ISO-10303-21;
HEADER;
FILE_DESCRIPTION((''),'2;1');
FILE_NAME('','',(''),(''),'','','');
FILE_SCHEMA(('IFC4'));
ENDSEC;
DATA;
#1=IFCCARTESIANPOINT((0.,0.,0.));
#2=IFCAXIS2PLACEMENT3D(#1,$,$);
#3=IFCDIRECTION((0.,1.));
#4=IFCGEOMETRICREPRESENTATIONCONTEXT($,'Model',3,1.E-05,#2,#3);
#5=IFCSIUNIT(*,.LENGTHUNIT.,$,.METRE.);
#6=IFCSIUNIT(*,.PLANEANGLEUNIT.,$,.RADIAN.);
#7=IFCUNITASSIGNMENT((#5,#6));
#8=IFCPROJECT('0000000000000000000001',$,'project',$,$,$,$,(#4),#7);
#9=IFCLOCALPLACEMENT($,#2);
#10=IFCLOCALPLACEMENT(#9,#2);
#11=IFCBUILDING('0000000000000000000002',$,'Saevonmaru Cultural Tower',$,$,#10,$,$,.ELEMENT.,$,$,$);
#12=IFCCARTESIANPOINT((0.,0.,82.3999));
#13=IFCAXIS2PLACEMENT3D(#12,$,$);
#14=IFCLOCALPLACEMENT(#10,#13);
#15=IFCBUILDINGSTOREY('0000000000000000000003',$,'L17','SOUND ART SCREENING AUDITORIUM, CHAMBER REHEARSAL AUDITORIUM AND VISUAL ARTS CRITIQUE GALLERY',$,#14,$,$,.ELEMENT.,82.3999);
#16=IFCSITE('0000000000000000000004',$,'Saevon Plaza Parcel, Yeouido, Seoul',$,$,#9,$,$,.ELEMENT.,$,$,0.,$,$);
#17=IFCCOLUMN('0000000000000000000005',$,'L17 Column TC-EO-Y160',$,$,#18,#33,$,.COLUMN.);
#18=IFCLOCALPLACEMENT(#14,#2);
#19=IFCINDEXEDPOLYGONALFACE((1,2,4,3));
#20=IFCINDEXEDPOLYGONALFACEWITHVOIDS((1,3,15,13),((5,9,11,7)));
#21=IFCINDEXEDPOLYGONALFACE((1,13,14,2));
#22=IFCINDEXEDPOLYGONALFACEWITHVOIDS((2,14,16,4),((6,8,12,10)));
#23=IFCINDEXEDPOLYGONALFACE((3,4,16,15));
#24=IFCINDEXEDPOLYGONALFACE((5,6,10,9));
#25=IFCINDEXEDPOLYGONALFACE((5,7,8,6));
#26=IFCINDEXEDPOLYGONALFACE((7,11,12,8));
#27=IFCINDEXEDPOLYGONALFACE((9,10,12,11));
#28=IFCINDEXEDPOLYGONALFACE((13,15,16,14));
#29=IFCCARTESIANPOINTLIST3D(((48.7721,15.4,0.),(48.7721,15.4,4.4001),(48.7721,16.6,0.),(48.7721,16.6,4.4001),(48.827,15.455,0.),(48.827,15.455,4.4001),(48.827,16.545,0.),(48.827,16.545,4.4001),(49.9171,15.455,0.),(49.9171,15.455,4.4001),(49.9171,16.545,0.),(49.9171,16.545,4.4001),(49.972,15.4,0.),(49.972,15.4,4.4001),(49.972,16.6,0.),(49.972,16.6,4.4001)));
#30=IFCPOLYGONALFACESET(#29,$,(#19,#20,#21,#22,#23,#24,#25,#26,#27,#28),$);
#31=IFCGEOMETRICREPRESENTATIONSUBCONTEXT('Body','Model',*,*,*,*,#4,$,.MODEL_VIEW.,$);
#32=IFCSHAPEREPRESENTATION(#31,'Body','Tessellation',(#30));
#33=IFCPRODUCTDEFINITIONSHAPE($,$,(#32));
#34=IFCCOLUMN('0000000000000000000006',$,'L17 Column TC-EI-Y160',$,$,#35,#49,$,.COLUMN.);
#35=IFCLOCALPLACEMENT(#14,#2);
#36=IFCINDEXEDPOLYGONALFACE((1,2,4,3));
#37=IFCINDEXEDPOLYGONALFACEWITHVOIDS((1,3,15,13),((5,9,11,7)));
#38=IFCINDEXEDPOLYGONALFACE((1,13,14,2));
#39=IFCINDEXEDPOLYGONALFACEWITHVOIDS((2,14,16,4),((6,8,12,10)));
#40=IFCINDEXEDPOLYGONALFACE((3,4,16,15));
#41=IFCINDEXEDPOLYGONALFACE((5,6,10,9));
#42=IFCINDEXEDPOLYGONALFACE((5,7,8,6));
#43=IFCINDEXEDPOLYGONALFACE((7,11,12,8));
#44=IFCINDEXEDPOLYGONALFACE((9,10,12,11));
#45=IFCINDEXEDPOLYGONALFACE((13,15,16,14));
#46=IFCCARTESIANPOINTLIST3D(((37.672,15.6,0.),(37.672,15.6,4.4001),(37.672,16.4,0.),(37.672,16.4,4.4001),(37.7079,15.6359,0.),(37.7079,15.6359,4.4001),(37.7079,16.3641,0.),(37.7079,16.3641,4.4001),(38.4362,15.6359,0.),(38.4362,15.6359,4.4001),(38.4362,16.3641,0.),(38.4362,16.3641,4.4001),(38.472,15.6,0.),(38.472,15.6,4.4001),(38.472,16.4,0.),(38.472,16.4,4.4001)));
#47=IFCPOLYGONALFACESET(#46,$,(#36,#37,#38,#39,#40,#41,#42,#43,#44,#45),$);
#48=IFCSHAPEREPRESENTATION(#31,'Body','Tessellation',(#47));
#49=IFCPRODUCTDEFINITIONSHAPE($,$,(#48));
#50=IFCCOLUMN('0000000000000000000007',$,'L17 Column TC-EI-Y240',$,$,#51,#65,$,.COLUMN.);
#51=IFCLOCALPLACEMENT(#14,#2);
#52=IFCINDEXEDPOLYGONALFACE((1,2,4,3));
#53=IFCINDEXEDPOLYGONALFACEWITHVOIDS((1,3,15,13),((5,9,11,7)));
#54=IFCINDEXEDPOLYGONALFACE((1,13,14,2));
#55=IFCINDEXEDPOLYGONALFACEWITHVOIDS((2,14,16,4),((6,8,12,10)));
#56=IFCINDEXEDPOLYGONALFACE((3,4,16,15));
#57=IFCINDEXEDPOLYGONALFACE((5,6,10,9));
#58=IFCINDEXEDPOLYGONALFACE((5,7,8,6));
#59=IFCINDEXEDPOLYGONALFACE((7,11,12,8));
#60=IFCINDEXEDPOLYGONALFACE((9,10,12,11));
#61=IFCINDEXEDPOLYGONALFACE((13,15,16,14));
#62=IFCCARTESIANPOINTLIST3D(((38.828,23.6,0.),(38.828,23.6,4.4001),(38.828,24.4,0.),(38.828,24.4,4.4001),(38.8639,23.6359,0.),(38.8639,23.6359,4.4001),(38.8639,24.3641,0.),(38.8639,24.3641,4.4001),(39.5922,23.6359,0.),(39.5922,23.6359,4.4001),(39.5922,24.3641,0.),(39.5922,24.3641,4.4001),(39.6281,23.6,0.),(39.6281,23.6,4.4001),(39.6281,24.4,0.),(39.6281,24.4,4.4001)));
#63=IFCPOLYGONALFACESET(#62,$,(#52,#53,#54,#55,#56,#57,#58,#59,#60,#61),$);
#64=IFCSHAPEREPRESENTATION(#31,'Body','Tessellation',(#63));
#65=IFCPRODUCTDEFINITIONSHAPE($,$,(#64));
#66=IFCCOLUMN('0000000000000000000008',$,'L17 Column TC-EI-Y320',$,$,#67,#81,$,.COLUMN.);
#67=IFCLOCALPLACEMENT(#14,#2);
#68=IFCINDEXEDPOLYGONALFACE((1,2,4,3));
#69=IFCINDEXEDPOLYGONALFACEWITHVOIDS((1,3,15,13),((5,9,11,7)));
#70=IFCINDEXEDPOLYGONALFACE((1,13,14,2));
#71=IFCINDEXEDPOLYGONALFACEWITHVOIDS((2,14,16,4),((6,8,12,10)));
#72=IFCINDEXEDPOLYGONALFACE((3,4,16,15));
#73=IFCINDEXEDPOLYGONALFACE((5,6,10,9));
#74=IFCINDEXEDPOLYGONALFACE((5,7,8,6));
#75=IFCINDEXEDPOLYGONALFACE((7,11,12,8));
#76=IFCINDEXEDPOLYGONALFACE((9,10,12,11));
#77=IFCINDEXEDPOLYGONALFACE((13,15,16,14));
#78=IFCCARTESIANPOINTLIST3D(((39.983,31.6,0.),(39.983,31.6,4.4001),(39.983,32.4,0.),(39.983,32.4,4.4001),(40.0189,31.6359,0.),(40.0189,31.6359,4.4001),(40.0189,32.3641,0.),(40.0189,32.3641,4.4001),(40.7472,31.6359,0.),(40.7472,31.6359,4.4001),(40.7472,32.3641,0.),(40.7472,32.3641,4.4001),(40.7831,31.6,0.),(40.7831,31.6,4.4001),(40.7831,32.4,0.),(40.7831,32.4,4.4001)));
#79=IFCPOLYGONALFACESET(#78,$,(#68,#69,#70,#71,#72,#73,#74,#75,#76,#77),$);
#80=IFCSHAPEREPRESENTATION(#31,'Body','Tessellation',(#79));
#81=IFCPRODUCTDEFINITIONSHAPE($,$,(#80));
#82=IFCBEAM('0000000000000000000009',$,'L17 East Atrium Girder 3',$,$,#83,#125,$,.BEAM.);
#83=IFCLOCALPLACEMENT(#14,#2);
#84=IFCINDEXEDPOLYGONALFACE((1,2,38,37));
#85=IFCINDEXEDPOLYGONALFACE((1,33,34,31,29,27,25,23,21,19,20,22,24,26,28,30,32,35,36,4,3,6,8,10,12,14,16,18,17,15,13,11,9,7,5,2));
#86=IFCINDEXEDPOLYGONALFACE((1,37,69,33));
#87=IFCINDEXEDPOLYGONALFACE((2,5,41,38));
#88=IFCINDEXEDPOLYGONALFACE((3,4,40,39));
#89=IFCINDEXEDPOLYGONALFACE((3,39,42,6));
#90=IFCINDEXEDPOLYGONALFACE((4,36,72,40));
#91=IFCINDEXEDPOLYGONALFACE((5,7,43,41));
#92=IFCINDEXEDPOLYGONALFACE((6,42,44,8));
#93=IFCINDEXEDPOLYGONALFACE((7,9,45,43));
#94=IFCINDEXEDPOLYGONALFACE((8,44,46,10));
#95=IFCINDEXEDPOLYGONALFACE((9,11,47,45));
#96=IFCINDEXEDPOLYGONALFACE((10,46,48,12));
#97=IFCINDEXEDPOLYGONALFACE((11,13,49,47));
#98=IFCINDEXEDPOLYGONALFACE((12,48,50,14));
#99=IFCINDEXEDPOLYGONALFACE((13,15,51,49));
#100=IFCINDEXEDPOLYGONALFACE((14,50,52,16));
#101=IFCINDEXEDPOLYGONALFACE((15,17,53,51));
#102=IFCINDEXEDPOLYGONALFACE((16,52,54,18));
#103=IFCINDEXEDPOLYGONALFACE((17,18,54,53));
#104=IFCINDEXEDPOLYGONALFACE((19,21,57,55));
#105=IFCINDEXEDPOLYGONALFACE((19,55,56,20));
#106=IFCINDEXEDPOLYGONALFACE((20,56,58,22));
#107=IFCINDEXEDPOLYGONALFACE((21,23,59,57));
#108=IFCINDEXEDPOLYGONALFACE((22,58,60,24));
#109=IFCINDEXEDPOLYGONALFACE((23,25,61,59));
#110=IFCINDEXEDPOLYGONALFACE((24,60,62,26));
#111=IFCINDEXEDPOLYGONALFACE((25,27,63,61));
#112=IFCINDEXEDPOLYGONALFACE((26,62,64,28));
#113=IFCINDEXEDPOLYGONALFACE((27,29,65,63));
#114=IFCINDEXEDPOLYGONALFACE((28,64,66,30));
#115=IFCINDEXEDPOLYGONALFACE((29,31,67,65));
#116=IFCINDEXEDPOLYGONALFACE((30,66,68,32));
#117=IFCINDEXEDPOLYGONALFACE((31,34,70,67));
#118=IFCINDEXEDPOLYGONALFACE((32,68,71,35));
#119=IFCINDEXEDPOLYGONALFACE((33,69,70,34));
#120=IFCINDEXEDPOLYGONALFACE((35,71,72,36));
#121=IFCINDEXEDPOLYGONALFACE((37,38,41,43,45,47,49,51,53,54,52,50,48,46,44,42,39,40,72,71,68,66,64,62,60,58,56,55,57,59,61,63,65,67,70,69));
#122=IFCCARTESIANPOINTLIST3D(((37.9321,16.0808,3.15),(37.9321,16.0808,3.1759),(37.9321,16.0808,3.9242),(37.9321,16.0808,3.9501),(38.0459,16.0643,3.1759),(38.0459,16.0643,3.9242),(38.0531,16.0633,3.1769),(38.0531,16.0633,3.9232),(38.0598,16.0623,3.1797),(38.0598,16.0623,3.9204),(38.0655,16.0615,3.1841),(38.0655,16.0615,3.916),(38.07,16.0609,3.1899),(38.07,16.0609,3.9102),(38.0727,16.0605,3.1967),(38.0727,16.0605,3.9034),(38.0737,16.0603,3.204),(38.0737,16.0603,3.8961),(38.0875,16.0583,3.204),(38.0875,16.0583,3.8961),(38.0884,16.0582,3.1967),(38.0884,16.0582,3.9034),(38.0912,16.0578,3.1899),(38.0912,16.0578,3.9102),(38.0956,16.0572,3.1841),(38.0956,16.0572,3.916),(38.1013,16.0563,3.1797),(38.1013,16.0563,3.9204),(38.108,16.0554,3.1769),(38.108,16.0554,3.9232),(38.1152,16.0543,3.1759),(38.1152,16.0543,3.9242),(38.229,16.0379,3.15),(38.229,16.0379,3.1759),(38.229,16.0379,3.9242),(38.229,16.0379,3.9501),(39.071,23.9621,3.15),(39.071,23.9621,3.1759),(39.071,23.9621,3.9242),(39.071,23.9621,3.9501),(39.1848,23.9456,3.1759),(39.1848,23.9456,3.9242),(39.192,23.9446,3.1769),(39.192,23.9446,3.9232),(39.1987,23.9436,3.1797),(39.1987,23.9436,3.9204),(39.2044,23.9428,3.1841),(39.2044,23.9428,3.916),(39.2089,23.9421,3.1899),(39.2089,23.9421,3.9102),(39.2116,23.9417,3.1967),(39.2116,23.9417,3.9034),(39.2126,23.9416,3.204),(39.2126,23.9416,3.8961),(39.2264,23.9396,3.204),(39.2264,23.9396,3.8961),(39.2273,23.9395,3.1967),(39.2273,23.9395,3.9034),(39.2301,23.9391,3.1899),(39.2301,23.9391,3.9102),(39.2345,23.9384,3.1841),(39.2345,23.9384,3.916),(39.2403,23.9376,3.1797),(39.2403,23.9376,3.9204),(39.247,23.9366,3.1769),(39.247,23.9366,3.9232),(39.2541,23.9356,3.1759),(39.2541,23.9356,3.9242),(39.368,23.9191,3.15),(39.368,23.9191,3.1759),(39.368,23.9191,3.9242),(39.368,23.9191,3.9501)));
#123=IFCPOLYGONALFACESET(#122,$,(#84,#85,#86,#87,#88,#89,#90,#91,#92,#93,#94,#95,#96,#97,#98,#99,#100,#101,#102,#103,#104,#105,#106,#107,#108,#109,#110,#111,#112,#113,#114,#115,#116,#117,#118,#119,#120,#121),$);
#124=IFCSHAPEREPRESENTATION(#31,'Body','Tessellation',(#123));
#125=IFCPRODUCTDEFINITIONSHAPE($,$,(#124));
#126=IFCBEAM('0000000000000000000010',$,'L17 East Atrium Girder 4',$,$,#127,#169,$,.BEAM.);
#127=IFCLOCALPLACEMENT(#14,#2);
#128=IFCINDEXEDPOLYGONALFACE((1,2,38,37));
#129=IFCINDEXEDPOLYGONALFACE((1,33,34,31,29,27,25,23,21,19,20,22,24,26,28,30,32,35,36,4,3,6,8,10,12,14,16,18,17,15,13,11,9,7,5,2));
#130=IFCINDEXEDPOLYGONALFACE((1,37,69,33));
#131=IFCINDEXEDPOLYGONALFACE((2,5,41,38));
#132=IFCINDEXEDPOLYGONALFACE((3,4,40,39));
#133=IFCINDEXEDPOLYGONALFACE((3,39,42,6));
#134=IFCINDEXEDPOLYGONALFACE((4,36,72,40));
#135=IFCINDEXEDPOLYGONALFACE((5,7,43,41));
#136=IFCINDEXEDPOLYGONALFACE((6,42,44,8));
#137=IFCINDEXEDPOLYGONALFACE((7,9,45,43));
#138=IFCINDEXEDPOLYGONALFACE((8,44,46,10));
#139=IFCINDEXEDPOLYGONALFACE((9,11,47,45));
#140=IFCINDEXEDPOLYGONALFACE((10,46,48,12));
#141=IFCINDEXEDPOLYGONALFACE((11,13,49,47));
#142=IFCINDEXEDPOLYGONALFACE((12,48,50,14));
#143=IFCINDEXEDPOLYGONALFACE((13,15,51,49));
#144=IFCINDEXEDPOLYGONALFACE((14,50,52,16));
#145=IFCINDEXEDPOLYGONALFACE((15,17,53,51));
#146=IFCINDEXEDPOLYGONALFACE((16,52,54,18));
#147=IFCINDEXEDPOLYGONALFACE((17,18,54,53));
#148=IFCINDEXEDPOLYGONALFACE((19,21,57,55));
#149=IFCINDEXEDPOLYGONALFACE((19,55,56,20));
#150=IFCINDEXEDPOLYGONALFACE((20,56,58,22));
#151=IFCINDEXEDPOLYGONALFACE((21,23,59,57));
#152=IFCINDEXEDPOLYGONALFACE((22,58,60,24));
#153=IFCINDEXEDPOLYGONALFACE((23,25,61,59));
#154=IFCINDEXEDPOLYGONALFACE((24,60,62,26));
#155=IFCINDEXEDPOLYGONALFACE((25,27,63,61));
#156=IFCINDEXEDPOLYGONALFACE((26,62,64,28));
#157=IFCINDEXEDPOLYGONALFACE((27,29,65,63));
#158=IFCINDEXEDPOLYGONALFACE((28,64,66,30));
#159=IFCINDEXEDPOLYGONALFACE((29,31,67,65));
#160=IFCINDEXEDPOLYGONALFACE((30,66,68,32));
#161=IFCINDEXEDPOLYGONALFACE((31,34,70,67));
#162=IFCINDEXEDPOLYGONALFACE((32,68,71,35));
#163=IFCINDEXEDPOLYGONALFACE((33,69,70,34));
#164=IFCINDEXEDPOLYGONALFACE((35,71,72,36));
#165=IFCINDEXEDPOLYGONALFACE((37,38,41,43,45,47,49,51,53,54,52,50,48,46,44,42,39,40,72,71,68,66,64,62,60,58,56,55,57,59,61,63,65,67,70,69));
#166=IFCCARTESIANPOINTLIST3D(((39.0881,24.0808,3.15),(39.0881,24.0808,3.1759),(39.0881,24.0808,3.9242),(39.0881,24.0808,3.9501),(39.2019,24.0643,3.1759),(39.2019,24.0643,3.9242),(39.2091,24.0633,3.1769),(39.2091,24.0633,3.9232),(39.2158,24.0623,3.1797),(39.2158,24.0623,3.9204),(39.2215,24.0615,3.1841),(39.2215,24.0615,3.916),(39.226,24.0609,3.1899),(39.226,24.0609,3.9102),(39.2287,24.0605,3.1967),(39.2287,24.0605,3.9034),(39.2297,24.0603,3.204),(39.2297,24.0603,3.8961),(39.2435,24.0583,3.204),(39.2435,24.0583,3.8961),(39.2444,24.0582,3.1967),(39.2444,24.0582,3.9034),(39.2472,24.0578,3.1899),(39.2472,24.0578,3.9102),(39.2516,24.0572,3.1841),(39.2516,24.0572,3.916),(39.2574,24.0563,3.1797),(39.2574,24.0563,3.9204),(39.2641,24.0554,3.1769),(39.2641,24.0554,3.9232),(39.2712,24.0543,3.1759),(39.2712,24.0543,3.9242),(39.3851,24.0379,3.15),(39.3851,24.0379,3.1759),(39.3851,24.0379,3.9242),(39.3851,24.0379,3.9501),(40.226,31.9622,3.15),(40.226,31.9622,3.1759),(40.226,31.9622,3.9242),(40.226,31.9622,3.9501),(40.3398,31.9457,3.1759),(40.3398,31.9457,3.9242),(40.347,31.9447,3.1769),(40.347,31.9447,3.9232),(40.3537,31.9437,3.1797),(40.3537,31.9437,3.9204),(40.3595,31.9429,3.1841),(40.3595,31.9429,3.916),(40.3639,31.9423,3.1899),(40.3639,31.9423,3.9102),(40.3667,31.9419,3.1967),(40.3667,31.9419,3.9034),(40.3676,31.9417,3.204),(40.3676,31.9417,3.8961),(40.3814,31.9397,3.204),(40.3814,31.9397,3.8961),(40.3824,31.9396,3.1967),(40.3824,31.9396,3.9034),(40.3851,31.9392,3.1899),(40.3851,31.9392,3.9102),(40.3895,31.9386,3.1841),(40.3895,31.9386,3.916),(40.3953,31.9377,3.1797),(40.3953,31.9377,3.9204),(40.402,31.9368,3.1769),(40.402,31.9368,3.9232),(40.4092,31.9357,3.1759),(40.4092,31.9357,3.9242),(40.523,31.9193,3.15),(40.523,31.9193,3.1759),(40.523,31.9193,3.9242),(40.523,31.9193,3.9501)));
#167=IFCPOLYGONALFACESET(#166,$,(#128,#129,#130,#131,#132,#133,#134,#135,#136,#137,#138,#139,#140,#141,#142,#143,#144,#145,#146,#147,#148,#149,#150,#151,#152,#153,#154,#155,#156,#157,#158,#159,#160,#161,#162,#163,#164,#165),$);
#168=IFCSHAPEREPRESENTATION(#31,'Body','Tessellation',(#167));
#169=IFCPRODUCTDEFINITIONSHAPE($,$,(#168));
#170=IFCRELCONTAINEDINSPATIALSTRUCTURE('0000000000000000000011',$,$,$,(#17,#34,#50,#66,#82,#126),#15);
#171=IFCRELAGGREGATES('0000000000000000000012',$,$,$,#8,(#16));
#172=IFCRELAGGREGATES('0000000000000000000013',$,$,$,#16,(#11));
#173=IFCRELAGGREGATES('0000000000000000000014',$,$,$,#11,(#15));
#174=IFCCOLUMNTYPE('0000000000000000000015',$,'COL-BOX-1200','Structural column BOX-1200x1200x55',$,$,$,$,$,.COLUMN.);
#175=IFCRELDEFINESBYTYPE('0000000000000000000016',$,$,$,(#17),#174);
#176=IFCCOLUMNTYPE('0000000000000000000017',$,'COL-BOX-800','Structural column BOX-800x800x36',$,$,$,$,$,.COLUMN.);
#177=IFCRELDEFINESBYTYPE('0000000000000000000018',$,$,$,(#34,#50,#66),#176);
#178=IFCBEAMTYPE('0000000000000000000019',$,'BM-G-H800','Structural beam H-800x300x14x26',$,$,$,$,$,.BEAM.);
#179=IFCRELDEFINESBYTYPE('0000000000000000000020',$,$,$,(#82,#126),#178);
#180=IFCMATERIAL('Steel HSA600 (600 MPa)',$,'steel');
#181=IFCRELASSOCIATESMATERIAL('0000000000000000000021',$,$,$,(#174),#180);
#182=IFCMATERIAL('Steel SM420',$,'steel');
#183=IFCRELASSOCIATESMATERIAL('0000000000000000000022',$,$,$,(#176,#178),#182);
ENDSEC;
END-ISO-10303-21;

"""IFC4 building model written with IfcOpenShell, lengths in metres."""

from ifc_helpers import new_model, si_unit, direction, frame, origin, origin_2d, place, context, subcontext, project, spatial, hollow_rectangle, i_section, extrude, material, material_profile, profile_set, type_object, element, save


model = new_model("IFC4")

# Units and contexts
model_context = context("Model", 3, precision=1e-05, world=origin(), true_north=direction((0.0, 1.0)))
body_context = subcontext(model_context, "Body", "Model", "MODEL_VIEW")
ifc_project = project(units=[si_unit("LENGTHUNIT", "METRE"), si_unit("PLANEANGLEUNIT", "RADIAN")], contexts=[model_context])

# Site, building, storey
site_placement = place(None, origin())
site = spatial("IfcSite", under=ifc_project, at=site_placement, Name="Saevon Plaza Parcel, Yeouido, Seoul", CompositionType="ELEMENT", RefElevation=0.0)
building_placement = place(site_placement, origin())
building = spatial("IfcBuilding", under=site, at=building_placement, Name="Saevonmaru Cultural Tower", CompositionType="ELEMENT")
storey_placement = place(building_placement, frame((0.0, 0.0, 82.3999)))
storey = spatial("IfcBuildingStorey", under=building, at=storey_placement, Name="L17", Description="SOUND ART SCREENING AUDITORIUM, CHAMBER REHEARSAL AUDITORIUM AND VISUAL ARTS CRITIQUE GALLERY", CompositionType="ELEMENT", Elevation=82.3999)

# Columns
ifc_material_1 = material(Name="Steel HSA600 (600 MPa)", Category="steel")
ifc_material_profile_1 = material_profile(ifc_material_1, hollow_rectangle(XDim=1.2, YDim=1.2, WallThickness=0.0549, at=origin_2d()), Name="BOX-1200x1200x55")
ifc_profile_set_1 = profile_set([ifc_material_profile_1], Name="Steel HSA600 (600 MPa)")
column_type_1 = type_object("IfcColumnType", Name="COL-BOX-1200", Description="Structural column BOX-1200x1200x55", PredefinedType="COLUMN", material=ifc_profile_set_1)
column_placement = place(storey_placement, frame((49.3721, 16.0, 0.0), z_axis=(0.0, 0.0, 1.0), x_axis=(1.0, 0.0, 0.0)))
element("IfcColumn", 1, at=column_placement, inside=storey, type_object=column_type_1, Name="L17 Column TC-EO-Y160", PredefinedType="COLUMN", context=body_context, shape_type="SweptSolid", body=[
    extrude(hollow_rectangle(XDim=1.2, YDim=1.2, WallThickness=0.0549, at=origin_2d()), origin(), (0.0, 0.0, 1.0), 4.4001),
])
ifc_material_2 = material(Name="Steel SM420", Category="steel")
ifc_material_profile_2 = material_profile(ifc_material_2, hollow_rectangle(XDim=0.8, YDim=0.8, WallThickness=0.0359, at=origin_2d()), Name="BOX-800x800x36")
ifc_profile_set_2 = profile_set([ifc_material_profile_2], Name="Steel SM420")
column_type_2 = type_object("IfcColumnType", Name="COL-BOX-800", Description="Structural column BOX-800x800x36", PredefinedType="COLUMN", material=ifc_profile_set_2)
for number, where, z_axis, x_axis, name in (
    (2, (38.072, 16.0, 0.0), (0.0, 0.0, 1.0), (1.0, 0.0, 0.0), "L17 Column TC-EI-Y160"),
    (3, (39.228, 24.0, 0.0), (0.0, 0.0, 1.0), (1.0, 0.0, 0.0), "L17 Column TC-EI-Y240"),
    (4, (40.3831, 32.0, 0.0), (0.0, 0.0, 1.0), (1.0, 0.0, 0.0), "L17 Column TC-EI-Y320"),
):
    element("IfcColumn", number, at=place(storey_placement, frame(where, z_axis=z_axis, x_axis=x_axis)), inside=storey, type_object=column_type_2, Name=name, PredefinedType="COLUMN", context=body_context, shape_type="SweptSolid", body=[
        extrude(hollow_rectangle(XDim=0.8, YDim=0.8, WallThickness=0.0359, at=origin_2d()), origin(), (0.0, 0.0, 1.0), 4.4001),
    ])

# Beams
ifc_material_profile_3 = material_profile(ifc_material_2, i_section(OverallWidth=0.3, OverallDepth=0.8, WebThickness=0.0139, FlangeThickness=0.0259, FilletRadius=0.0281, at=origin_2d()), Name="H-800x300x14x26")
ifc_profile_set_3 = profile_set([ifc_material_profile_3], Name="Steel SM420")
beam_type_1 = type_object("IfcBeamType", Name="BM-G-H800", Description="Structural beam H-800x300x14x26", PredefinedType="BEAM", material=ifc_profile_set_3)
for number, where, z_axis, x_axis, name in (
    (5, (38.0806, 16.0593, 3.55), (0.143022, 0.989719, 0.0), (-0.989719, 0.143022, 0.0), "L17 East Atrium Girder 3"),
    (6, (39.2366, 24.0593, 3.55), (0.142902, 0.989737, 0.0), (-0.989737, 0.142902, 0.0), "L17 East Atrium Girder 4"),
):
    element("IfcBeam", number, at=place(storey_placement, frame(where, z_axis=z_axis, x_axis=x_axis)), inside=storey, type_object=beam_type_1, Name=name, PredefinedType="BEAM", context=body_context, shape_type="SweptSolid", body=[
        extrude(i_section(OverallWidth=0.3, OverallDepth=0.8, WebThickness=0.0139, FlangeThickness=0.0259, FilletRadius=0.0281, at=origin_2d()), origin(), (0.0, 0.0, 1.0), 7.9631),
    ])

save(model, "model.ifc")
